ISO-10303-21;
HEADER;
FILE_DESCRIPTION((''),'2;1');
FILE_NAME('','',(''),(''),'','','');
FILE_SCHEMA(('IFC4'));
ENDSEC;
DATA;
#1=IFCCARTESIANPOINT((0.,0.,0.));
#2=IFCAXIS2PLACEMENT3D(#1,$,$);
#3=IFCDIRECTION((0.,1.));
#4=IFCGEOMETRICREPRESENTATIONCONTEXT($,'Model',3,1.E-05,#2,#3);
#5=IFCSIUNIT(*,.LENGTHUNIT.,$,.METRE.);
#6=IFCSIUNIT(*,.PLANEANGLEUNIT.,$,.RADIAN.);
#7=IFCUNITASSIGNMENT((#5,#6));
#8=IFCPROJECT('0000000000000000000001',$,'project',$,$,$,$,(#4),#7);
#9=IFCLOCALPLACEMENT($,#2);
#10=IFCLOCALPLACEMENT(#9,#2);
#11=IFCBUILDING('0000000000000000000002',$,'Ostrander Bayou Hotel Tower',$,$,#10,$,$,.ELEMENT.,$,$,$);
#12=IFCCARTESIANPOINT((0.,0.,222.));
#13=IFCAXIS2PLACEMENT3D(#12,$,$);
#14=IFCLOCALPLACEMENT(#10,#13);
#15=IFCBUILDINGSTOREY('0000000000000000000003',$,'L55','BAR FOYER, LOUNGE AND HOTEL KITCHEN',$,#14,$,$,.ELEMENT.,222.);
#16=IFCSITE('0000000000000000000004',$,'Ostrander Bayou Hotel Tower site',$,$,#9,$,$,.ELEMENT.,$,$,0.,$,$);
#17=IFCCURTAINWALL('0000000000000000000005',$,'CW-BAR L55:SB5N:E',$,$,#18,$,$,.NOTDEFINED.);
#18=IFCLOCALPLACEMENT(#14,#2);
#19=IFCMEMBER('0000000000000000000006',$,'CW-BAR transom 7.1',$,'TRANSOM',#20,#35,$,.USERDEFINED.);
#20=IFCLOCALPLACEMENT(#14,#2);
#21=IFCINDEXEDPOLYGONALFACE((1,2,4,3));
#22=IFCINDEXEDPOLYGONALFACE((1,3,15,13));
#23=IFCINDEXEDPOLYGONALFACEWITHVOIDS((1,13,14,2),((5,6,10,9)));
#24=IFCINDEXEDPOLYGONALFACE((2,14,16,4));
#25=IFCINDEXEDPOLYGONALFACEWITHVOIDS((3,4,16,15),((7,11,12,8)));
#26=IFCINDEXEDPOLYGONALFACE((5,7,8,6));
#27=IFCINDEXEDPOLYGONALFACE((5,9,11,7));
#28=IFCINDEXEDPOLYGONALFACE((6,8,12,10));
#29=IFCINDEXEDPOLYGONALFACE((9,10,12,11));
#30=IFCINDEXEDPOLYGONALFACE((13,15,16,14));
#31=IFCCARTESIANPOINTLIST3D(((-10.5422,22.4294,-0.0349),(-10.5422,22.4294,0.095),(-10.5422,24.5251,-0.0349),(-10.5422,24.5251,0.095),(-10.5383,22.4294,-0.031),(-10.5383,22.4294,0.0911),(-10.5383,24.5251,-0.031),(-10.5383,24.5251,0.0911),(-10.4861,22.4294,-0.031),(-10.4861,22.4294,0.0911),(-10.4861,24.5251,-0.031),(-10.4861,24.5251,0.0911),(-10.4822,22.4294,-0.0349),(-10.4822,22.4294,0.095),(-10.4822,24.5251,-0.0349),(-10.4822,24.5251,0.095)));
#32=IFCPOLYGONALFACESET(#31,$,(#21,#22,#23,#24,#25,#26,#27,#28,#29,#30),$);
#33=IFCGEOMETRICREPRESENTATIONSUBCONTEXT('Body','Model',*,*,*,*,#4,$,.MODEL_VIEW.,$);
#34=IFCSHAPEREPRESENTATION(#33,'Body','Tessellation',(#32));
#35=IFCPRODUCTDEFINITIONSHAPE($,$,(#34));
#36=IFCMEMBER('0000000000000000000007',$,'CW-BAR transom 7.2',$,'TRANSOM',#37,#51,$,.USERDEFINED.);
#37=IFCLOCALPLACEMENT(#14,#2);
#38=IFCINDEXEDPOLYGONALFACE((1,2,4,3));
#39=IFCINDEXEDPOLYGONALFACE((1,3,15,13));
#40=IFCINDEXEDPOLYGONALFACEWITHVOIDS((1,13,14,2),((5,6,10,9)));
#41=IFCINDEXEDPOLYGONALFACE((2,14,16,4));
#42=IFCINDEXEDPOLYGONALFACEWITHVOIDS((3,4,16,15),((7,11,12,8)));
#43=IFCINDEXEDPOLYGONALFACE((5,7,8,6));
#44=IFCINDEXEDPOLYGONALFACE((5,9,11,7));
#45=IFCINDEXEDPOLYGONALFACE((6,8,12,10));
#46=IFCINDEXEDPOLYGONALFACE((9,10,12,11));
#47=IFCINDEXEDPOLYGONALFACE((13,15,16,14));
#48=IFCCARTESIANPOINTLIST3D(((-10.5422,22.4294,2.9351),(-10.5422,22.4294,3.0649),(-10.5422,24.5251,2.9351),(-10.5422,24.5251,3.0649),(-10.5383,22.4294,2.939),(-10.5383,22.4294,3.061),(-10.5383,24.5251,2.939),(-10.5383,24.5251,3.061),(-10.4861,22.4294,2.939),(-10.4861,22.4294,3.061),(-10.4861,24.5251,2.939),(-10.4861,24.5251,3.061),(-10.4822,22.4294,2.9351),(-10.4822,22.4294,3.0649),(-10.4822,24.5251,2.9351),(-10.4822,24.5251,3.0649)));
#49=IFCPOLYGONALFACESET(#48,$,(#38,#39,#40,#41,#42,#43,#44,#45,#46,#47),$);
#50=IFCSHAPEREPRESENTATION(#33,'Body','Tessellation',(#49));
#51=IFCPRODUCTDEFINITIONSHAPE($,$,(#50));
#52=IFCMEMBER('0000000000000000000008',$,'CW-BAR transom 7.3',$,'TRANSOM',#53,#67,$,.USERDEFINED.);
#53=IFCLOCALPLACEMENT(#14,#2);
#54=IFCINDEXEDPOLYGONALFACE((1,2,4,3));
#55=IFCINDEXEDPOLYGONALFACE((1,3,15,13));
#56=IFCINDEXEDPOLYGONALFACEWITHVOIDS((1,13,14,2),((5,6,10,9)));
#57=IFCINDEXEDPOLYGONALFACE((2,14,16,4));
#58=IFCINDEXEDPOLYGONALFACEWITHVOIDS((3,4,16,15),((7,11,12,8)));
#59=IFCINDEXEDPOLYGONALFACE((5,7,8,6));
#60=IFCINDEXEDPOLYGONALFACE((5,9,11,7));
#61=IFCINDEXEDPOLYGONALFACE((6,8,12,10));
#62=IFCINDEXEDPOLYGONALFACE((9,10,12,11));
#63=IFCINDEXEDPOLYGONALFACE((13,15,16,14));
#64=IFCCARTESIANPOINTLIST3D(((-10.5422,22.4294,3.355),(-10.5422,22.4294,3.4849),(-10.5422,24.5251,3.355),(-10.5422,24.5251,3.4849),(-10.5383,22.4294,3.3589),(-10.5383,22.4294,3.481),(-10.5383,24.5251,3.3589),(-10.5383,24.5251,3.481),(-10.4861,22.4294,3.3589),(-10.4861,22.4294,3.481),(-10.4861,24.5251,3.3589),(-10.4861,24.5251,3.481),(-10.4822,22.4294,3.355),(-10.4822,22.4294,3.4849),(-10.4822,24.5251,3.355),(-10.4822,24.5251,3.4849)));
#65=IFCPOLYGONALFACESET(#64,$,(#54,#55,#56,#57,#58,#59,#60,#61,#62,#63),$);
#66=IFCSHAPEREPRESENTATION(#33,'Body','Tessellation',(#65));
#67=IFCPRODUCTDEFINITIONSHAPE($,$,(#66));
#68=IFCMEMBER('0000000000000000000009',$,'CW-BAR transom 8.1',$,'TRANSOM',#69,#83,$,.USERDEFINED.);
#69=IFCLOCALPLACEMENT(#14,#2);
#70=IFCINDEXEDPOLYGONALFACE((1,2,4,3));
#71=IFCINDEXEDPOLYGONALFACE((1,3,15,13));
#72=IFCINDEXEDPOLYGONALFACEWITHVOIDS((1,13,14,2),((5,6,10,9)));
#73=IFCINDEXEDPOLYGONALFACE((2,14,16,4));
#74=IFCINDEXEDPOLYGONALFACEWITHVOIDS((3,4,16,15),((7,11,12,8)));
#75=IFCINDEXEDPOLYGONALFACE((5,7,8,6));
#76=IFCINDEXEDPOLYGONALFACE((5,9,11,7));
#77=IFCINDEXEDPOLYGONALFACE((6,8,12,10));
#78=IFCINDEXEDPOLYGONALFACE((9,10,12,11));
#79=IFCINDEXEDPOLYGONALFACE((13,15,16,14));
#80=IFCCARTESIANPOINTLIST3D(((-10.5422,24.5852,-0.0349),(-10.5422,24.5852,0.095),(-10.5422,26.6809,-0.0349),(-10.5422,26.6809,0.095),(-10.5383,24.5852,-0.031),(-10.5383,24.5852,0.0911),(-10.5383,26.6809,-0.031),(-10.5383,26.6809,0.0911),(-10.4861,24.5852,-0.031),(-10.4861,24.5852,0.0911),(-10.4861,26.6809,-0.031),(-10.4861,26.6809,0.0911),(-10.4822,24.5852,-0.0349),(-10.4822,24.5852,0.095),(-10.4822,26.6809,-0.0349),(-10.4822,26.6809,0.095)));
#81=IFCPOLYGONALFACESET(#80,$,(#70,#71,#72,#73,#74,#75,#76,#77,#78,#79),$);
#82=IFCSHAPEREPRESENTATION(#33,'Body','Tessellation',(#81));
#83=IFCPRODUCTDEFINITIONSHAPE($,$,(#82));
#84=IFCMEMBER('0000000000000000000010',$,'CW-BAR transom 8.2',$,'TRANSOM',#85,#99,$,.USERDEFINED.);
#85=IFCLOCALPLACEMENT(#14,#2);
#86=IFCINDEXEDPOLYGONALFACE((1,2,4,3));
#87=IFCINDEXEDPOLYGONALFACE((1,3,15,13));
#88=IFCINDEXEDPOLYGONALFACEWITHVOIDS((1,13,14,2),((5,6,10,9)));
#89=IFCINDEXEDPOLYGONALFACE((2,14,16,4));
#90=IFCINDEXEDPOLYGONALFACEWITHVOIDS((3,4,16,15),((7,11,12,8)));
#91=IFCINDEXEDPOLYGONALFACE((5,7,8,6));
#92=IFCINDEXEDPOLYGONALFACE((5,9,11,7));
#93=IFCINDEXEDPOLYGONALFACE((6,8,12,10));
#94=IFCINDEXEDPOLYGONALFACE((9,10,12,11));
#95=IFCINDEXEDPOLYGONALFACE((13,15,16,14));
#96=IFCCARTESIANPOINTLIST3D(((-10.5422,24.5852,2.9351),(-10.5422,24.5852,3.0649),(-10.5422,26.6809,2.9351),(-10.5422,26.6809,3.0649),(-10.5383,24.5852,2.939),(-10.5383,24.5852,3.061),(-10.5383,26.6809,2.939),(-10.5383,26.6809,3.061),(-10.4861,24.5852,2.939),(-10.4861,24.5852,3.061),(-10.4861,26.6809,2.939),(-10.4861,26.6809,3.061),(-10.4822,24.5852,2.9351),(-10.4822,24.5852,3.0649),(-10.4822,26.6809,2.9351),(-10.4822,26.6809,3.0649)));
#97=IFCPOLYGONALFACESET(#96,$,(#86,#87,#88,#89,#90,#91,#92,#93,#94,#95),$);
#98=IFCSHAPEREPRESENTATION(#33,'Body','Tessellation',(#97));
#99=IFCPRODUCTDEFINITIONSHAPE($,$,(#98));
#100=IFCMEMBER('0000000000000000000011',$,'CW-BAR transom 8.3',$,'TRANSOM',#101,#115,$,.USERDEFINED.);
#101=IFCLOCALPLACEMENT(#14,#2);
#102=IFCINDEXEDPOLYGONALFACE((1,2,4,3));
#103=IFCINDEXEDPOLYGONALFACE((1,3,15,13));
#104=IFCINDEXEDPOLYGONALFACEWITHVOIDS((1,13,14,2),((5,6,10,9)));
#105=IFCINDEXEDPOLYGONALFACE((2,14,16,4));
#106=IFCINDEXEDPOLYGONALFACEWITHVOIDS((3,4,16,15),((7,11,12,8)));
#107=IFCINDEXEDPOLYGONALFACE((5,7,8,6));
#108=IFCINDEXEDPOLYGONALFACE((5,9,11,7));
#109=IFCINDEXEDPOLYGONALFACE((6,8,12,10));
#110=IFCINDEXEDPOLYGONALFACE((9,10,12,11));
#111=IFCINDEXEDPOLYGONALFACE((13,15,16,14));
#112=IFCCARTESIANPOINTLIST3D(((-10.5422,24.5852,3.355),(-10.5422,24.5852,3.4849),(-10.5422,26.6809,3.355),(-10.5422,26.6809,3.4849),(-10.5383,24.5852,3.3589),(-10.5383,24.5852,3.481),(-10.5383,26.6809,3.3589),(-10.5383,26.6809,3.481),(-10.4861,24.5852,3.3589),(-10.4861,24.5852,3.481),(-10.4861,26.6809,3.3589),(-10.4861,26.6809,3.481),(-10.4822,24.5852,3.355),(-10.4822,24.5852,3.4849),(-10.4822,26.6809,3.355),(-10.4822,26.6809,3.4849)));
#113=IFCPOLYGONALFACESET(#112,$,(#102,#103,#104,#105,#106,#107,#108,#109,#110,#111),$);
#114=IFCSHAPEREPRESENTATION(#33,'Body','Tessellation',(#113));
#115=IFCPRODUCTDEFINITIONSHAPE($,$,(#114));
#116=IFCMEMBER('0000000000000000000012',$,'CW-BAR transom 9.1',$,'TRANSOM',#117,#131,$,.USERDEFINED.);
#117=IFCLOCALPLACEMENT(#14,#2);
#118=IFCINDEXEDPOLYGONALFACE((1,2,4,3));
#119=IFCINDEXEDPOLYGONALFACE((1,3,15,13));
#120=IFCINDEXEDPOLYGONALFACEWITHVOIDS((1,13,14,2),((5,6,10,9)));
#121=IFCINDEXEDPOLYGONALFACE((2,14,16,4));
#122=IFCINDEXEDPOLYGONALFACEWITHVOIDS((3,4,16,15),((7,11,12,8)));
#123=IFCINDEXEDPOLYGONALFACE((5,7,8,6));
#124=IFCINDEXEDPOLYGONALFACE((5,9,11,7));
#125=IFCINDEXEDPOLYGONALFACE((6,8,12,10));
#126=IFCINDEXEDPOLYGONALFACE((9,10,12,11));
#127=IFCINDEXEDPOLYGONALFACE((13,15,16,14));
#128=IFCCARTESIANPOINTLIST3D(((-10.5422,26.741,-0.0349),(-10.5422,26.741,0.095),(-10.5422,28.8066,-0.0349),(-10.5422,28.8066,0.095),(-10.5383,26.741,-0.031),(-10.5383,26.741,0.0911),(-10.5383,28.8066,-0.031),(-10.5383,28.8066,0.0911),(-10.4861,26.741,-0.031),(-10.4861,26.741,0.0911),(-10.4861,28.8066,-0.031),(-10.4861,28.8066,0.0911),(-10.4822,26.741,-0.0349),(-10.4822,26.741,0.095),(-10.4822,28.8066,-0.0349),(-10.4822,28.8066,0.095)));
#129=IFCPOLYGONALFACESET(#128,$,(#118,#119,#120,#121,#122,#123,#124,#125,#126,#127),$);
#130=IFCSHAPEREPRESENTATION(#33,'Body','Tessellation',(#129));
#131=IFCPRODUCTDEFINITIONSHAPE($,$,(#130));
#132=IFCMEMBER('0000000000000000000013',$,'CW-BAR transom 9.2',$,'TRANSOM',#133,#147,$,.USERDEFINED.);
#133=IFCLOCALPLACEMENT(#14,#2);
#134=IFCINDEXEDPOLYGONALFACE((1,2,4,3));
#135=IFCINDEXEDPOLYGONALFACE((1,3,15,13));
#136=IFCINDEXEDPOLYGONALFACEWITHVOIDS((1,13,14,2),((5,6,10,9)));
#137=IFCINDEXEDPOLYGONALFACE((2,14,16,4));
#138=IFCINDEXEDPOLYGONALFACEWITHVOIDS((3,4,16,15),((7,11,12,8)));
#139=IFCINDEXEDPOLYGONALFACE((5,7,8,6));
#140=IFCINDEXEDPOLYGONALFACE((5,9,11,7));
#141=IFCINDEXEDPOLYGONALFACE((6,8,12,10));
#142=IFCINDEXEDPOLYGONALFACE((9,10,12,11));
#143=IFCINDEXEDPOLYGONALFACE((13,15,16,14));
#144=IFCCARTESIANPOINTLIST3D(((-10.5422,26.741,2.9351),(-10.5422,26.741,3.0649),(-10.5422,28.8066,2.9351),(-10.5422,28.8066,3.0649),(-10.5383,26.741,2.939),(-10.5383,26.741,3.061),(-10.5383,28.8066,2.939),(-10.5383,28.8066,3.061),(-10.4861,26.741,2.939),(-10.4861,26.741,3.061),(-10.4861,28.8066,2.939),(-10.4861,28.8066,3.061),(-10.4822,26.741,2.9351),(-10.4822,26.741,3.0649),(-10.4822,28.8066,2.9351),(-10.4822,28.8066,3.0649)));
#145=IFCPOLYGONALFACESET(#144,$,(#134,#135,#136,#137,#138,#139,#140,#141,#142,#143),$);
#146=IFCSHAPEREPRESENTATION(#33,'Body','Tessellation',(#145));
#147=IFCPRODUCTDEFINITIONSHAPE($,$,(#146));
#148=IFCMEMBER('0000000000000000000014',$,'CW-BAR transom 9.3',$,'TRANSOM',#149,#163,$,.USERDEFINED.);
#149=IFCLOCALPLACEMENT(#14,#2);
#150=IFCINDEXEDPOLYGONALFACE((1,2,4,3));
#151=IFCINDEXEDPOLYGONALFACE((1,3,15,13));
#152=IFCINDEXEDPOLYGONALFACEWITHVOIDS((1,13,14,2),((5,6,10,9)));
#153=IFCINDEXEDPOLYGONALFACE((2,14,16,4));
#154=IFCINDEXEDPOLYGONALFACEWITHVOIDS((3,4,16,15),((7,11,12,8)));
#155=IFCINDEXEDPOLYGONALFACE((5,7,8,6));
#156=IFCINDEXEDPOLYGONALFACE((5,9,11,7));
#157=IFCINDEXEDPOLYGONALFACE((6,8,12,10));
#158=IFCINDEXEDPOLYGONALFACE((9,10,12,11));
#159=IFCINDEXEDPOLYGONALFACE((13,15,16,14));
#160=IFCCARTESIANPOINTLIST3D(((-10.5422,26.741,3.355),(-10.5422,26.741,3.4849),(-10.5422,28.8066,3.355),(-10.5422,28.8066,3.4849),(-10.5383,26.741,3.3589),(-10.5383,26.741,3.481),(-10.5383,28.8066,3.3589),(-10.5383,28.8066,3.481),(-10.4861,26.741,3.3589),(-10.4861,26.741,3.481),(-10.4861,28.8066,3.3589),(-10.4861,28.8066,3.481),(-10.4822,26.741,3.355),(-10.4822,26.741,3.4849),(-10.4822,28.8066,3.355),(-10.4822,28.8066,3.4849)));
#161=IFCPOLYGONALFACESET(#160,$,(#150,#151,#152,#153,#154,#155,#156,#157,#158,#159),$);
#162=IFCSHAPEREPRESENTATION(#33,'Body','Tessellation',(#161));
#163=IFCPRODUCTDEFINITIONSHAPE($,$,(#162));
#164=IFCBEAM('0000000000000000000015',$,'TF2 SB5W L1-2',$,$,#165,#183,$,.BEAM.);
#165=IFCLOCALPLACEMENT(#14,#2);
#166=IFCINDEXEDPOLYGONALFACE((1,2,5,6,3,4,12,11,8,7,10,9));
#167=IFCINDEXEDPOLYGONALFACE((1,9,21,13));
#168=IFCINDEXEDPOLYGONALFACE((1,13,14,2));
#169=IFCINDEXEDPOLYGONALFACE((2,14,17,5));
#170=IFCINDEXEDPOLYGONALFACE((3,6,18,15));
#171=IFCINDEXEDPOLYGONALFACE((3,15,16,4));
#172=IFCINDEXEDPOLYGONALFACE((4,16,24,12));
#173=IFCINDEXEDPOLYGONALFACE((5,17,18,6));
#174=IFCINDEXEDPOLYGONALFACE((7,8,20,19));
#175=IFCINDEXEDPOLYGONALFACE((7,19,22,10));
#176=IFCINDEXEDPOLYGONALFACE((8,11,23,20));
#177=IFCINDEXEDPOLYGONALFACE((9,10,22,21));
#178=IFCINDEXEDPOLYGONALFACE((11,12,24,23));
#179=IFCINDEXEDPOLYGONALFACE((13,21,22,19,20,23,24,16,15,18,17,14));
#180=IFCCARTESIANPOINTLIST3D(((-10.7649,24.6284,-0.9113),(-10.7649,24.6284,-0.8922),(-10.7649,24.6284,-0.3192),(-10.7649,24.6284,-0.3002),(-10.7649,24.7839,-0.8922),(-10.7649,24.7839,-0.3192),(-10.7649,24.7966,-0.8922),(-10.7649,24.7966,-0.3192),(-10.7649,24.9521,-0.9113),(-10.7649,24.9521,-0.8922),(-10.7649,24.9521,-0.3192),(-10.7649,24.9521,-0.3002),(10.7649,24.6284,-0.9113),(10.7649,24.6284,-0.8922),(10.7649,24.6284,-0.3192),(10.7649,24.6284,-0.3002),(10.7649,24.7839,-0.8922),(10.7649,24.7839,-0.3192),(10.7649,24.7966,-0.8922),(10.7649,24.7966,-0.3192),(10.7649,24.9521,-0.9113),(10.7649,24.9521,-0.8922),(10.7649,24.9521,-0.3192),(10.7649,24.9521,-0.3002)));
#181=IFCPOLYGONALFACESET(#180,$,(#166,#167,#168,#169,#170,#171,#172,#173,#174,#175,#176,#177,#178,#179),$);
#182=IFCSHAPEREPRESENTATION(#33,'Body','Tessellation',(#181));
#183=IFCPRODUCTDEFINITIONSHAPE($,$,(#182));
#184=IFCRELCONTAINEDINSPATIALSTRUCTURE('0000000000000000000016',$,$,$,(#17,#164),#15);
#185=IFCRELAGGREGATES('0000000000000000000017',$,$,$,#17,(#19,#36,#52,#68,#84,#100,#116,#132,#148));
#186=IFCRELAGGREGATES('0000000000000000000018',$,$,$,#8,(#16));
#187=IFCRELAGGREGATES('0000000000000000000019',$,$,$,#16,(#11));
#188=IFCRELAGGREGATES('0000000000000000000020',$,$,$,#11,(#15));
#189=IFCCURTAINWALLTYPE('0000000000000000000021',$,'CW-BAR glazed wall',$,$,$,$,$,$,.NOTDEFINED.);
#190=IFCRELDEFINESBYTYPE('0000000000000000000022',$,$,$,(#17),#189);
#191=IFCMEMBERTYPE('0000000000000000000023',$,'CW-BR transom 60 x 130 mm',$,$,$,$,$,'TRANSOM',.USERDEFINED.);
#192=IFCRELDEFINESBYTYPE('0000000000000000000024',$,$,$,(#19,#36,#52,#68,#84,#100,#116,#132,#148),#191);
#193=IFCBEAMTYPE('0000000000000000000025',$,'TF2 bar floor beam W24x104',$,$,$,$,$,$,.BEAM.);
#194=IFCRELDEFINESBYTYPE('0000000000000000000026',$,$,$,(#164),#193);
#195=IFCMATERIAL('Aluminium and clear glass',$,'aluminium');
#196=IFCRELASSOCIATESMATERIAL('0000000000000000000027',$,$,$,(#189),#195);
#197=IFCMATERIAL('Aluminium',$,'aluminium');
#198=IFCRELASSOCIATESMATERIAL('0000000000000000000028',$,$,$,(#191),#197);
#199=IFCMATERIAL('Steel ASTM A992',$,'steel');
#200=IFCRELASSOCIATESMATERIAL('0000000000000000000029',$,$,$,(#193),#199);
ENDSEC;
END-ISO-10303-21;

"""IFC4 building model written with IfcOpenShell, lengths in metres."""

from ifc_helpers import new_model, si_unit, direction, frame, origin, origin_2d, place, context, subcontext, project, spatial, hollow_rectangle, i_section, extrude, material, material_profile, profile_set, type_object, element, aggregate, save


model = new_model("IFC4")

# Units and contexts
model_context = context("Model", 3, precision=1e-05, world=origin(), true_north=direction((0.0, 1.0)))
body_context = subcontext(model_context, "Body", "Model", "MODEL_VIEW")
ifc_project = project(units=[si_unit("LENGTHUNIT", "METRE"), si_unit("PLANEANGLEUNIT", "RADIAN")], contexts=[model_context])

# Site, building, storey
site_placement = place(None, origin())
site = spatial("IfcSite", under=ifc_project, at=site_placement, Name="Ostrander Bayou Hotel Tower site", CompositionType="ELEMENT", RefElevation=0.0)
building_placement = place(site_placement, origin())
building = spatial("IfcBuilding", under=site, at=building_placement, Name="Ostrander Bayou Hotel Tower", CompositionType="ELEMENT")
storey_placement = place(building_placement, frame((0.0, 0.0, 222.0)))
storey = spatial("IfcBuildingStorey", under=building, at=storey_placement, Name="L55", Description="BAR FOYER, LOUNGE AND HOTEL KITCHEN", CompositionType="ELEMENT", Elevation=222.0)

# Curtain wall, members
ifc_material_1 = material(Name="Aluminium and clear glass", Category="aluminium")
curtain_wall_type = type_object("IfcCurtainWallType", Name="CW-BAR glazed wall", PredefinedType="NOTDEFINED", material=ifc_material_1)
curtain_wall_placement = place(storey_placement, origin())
curtain_wall = element("IfcCurtainWall", 1, at=curtain_wall_placement, inside=storey, type_object=curtain_wall_type, Name="CW-BAR L55:SB5N:E", PredefinedType="NOTDEFINED")
ifc_material_2 = material(Name="Aluminium", Category="aluminium")
ifc_material_profile_1 = material_profile(ifc_material_2, hollow_rectangle(XDim=0.0601, YDim=0.1299, WallThickness=0.0039, at=origin_2d()))
ifc_profile_set_1 = profile_set([ifc_material_profile_1], Name="Aluminium")
member_type_1 = type_object("IfcMemberType", Name="CW-BR transom 60 x 130 mm", ElementType="TRANSOM", PredefinedType="USERDEFINED", material=ifc_profile_set_1)
member_1_placement = place(storey_placement, frame((-10.5122, 22.4294, 0.03), z_axis=(0.0, 1.0, 0.0), x_axis=(-1.0, 0.0, 0.0)))
member_1 = element("IfcMember", 2, at=member_1_placement, type_object=member_type_1, Name="CW-BAR transom 7.1", ObjectType="TRANSOM", PredefinedType="USERDEFINED", context=body_context, shape_type="SweptSolid", body=[
    extrude(hollow_rectangle(XDim=0.0601, YDim=0.1299, WallThickness=0.0039, at=origin_2d()), origin(), (0.0, 0.0, 1.0), 2.0957),
])
member_2_placement = place(storey_placement, frame((-10.5122, 22.4294, 3.0), z_axis=(0.0, 1.0, 0.0), x_axis=(-1.0, 0.0, 0.0)))
member_2 = element("IfcMember", 3, at=member_2_placement, type_object=member_type_1, Name="CW-BAR transom 7.2", ObjectType="TRANSOM", PredefinedType="USERDEFINED", context=body_context, shape_type="SweptSolid", body=[
    extrude(hollow_rectangle(XDim=0.0601, YDim=0.1299, WallThickness=0.0039, at=origin_2d()), origin(), (0.0, 0.0, 1.0), 2.0957),
])
member_3_placement = place(storey_placement, frame((-10.5122, 22.4294, 3.4199), z_axis=(0.0, 1.0, 0.0), x_axis=(-1.0, 0.0, 0.0)))
member_3 = element("IfcMember", 4, at=member_3_placement, type_object=member_type_1, Name="CW-BAR transom 7.3", ObjectType="TRANSOM", PredefinedType="USERDEFINED", context=body_context, shape_type="SweptSolid", body=[
    extrude(hollow_rectangle(XDim=0.0601, YDim=0.1299, WallThickness=0.0039, at=origin_2d()), origin(), (0.0, 0.0, 1.0), 2.0957),
])
member_4_placement = place(storey_placement, frame((-10.5122, 24.5852, 0.03), z_axis=(0.0, 1.0, 0.0), x_axis=(-1.0, 0.0, 0.0)))
member_4 = element("IfcMember", 5, at=member_4_placement, type_object=member_type_1, Name="CW-BAR transom 8.1", ObjectType="TRANSOM", PredefinedType="USERDEFINED", context=body_context, shape_type="SweptSolid", body=[
    extrude(hollow_rectangle(XDim=0.0601, YDim=0.1299, WallThickness=0.0039, at=origin_2d()), origin(), (0.0, 0.0, 1.0), 2.0957),
])
member_5_placement = place(storey_placement, frame((-10.5122, 24.5852, 3.0), z_axis=(0.0, 1.0, 0.0), x_axis=(-1.0, 0.0, 0.0)))
member_5 = element("IfcMember", 6, at=member_5_placement, type_object=member_type_1, Name="CW-BAR transom 8.2", ObjectType="TRANSOM", PredefinedType="USERDEFINED", context=body_context, shape_type="SweptSolid", body=[
    extrude(hollow_rectangle(XDim=0.0601, YDim=0.1299, WallThickness=0.0039, at=origin_2d()), origin(), (0.0, 0.0, 1.0), 2.0957),
])
member_6_placement = place(storey_placement, frame((-10.5122, 24.5852, 3.4199), z_axis=(0.0, 1.0, 0.0), x_axis=(-1.0, 0.0, 0.0)))
member_6 = element("IfcMember", 7, at=member_6_placement, type_object=member_type_1, Name="CW-BAR transom 8.3", ObjectType="TRANSOM", PredefinedType="USERDEFINED", context=body_context, shape_type="SweptSolid", body=[
    extrude(hollow_rectangle(XDim=0.0601, YDim=0.1299, WallThickness=0.0039, at=origin_2d()), origin(), (0.0, 0.0, 1.0), 2.0957),
])
member_7_placement = place(storey_placement, frame((-10.5122, 26.741, 0.03), z_axis=(0.0, 1.0, 0.0), x_axis=(-1.0, 0.0, 0.0)))
member_7 = element("IfcMember", 8, at=member_7_placement, type_object=member_type_1, Name="CW-BAR transom 9.1", ObjectType="TRANSOM", PredefinedType="USERDEFINED", context=body_context, shape_type="SweptSolid", body=[
    extrude(hollow_rectangle(XDim=0.0601, YDim=0.1299, WallThickness=0.0039, at=origin_2d()), origin(), (0.0, 0.0, 1.0), 2.0657),
])
member_8_placement = place(storey_placement, frame((-10.5122, 26.741, 3.0), z_axis=(0.0, 1.0, 0.0), x_axis=(-1.0, 0.0, 0.0)))
member_8 = element("IfcMember", 9, at=member_8_placement, type_object=member_type_1, Name="CW-BAR transom 9.2", ObjectType="TRANSOM", PredefinedType="USERDEFINED", context=body_context, shape_type="SweptSolid", body=[
    extrude(hollow_rectangle(XDim=0.0601, YDim=0.1299, WallThickness=0.0039, at=origin_2d()), origin(), (0.0, 0.0, 1.0), 2.0657),
])
member_9_placement = place(storey_placement, frame((-10.5122, 26.741, 3.4199), z_axis=(0.0, 1.0, 0.0), x_axis=(-1.0, 0.0, 0.0)))
member_9 = element("IfcMember", 10, at=member_9_placement, type_object=member_type_1, Name="CW-BAR transom 9.3", ObjectType="TRANSOM", PredefinedType="USERDEFINED", context=body_context, shape_type="SweptSolid", body=[
    extrude(hollow_rectangle(XDim=0.0601, YDim=0.1299, WallThickness=0.0039, at=origin_2d()), origin(), (0.0, 0.0, 1.0), 2.0657),
])

# Beam
ifc_material_3 = material(Name="Steel ASTM A992", Category="steel")
ifc_material_profile_2 = material_profile(ifc_material_3, i_section(OverallWidth=0.3237, OverallDepth=0.6111, WebThickness=0.0127, FlangeThickness=0.019, at=origin_2d()))
ifc_profile_set_2 = profile_set([ifc_material_profile_2], Name="Steel ASTM A992")
beam_type = type_object("IfcBeamType", Name="TF2 bar floor beam W24x104", PredefinedType="BEAM", material=ifc_profile_set_2)
for number, where, z_axis, x_axis, name in (
    (11, (-10.7649, 24.7903, -0.6057), (1.0, 0.0, 0.0), (0.0, 1.0, 0.0), "TF2 SB5W L1-2"),
):
    element("IfcBeam", number, at=place(storey_placement, frame(where, z_axis=z_axis, x_axis=x_axis)), inside=storey, type_object=beam_type, Name=name, PredefinedType="BEAM", context=body_context, shape_type="SweptSolid", body=[
        extrude(i_section(OverallWidth=0.3237, OverallDepth=0.6111, WebThickness=0.0127, FlangeThickness=0.019, at=origin_2d()), origin(), (0.0, 0.0, 1.0), 21.5298),
    ])

aggregate(curtain_wall, [member_1, member_2, member_3, member_4, member_5, member_6, member_7, member_8, member_9])

save(model, "model.ifc")
